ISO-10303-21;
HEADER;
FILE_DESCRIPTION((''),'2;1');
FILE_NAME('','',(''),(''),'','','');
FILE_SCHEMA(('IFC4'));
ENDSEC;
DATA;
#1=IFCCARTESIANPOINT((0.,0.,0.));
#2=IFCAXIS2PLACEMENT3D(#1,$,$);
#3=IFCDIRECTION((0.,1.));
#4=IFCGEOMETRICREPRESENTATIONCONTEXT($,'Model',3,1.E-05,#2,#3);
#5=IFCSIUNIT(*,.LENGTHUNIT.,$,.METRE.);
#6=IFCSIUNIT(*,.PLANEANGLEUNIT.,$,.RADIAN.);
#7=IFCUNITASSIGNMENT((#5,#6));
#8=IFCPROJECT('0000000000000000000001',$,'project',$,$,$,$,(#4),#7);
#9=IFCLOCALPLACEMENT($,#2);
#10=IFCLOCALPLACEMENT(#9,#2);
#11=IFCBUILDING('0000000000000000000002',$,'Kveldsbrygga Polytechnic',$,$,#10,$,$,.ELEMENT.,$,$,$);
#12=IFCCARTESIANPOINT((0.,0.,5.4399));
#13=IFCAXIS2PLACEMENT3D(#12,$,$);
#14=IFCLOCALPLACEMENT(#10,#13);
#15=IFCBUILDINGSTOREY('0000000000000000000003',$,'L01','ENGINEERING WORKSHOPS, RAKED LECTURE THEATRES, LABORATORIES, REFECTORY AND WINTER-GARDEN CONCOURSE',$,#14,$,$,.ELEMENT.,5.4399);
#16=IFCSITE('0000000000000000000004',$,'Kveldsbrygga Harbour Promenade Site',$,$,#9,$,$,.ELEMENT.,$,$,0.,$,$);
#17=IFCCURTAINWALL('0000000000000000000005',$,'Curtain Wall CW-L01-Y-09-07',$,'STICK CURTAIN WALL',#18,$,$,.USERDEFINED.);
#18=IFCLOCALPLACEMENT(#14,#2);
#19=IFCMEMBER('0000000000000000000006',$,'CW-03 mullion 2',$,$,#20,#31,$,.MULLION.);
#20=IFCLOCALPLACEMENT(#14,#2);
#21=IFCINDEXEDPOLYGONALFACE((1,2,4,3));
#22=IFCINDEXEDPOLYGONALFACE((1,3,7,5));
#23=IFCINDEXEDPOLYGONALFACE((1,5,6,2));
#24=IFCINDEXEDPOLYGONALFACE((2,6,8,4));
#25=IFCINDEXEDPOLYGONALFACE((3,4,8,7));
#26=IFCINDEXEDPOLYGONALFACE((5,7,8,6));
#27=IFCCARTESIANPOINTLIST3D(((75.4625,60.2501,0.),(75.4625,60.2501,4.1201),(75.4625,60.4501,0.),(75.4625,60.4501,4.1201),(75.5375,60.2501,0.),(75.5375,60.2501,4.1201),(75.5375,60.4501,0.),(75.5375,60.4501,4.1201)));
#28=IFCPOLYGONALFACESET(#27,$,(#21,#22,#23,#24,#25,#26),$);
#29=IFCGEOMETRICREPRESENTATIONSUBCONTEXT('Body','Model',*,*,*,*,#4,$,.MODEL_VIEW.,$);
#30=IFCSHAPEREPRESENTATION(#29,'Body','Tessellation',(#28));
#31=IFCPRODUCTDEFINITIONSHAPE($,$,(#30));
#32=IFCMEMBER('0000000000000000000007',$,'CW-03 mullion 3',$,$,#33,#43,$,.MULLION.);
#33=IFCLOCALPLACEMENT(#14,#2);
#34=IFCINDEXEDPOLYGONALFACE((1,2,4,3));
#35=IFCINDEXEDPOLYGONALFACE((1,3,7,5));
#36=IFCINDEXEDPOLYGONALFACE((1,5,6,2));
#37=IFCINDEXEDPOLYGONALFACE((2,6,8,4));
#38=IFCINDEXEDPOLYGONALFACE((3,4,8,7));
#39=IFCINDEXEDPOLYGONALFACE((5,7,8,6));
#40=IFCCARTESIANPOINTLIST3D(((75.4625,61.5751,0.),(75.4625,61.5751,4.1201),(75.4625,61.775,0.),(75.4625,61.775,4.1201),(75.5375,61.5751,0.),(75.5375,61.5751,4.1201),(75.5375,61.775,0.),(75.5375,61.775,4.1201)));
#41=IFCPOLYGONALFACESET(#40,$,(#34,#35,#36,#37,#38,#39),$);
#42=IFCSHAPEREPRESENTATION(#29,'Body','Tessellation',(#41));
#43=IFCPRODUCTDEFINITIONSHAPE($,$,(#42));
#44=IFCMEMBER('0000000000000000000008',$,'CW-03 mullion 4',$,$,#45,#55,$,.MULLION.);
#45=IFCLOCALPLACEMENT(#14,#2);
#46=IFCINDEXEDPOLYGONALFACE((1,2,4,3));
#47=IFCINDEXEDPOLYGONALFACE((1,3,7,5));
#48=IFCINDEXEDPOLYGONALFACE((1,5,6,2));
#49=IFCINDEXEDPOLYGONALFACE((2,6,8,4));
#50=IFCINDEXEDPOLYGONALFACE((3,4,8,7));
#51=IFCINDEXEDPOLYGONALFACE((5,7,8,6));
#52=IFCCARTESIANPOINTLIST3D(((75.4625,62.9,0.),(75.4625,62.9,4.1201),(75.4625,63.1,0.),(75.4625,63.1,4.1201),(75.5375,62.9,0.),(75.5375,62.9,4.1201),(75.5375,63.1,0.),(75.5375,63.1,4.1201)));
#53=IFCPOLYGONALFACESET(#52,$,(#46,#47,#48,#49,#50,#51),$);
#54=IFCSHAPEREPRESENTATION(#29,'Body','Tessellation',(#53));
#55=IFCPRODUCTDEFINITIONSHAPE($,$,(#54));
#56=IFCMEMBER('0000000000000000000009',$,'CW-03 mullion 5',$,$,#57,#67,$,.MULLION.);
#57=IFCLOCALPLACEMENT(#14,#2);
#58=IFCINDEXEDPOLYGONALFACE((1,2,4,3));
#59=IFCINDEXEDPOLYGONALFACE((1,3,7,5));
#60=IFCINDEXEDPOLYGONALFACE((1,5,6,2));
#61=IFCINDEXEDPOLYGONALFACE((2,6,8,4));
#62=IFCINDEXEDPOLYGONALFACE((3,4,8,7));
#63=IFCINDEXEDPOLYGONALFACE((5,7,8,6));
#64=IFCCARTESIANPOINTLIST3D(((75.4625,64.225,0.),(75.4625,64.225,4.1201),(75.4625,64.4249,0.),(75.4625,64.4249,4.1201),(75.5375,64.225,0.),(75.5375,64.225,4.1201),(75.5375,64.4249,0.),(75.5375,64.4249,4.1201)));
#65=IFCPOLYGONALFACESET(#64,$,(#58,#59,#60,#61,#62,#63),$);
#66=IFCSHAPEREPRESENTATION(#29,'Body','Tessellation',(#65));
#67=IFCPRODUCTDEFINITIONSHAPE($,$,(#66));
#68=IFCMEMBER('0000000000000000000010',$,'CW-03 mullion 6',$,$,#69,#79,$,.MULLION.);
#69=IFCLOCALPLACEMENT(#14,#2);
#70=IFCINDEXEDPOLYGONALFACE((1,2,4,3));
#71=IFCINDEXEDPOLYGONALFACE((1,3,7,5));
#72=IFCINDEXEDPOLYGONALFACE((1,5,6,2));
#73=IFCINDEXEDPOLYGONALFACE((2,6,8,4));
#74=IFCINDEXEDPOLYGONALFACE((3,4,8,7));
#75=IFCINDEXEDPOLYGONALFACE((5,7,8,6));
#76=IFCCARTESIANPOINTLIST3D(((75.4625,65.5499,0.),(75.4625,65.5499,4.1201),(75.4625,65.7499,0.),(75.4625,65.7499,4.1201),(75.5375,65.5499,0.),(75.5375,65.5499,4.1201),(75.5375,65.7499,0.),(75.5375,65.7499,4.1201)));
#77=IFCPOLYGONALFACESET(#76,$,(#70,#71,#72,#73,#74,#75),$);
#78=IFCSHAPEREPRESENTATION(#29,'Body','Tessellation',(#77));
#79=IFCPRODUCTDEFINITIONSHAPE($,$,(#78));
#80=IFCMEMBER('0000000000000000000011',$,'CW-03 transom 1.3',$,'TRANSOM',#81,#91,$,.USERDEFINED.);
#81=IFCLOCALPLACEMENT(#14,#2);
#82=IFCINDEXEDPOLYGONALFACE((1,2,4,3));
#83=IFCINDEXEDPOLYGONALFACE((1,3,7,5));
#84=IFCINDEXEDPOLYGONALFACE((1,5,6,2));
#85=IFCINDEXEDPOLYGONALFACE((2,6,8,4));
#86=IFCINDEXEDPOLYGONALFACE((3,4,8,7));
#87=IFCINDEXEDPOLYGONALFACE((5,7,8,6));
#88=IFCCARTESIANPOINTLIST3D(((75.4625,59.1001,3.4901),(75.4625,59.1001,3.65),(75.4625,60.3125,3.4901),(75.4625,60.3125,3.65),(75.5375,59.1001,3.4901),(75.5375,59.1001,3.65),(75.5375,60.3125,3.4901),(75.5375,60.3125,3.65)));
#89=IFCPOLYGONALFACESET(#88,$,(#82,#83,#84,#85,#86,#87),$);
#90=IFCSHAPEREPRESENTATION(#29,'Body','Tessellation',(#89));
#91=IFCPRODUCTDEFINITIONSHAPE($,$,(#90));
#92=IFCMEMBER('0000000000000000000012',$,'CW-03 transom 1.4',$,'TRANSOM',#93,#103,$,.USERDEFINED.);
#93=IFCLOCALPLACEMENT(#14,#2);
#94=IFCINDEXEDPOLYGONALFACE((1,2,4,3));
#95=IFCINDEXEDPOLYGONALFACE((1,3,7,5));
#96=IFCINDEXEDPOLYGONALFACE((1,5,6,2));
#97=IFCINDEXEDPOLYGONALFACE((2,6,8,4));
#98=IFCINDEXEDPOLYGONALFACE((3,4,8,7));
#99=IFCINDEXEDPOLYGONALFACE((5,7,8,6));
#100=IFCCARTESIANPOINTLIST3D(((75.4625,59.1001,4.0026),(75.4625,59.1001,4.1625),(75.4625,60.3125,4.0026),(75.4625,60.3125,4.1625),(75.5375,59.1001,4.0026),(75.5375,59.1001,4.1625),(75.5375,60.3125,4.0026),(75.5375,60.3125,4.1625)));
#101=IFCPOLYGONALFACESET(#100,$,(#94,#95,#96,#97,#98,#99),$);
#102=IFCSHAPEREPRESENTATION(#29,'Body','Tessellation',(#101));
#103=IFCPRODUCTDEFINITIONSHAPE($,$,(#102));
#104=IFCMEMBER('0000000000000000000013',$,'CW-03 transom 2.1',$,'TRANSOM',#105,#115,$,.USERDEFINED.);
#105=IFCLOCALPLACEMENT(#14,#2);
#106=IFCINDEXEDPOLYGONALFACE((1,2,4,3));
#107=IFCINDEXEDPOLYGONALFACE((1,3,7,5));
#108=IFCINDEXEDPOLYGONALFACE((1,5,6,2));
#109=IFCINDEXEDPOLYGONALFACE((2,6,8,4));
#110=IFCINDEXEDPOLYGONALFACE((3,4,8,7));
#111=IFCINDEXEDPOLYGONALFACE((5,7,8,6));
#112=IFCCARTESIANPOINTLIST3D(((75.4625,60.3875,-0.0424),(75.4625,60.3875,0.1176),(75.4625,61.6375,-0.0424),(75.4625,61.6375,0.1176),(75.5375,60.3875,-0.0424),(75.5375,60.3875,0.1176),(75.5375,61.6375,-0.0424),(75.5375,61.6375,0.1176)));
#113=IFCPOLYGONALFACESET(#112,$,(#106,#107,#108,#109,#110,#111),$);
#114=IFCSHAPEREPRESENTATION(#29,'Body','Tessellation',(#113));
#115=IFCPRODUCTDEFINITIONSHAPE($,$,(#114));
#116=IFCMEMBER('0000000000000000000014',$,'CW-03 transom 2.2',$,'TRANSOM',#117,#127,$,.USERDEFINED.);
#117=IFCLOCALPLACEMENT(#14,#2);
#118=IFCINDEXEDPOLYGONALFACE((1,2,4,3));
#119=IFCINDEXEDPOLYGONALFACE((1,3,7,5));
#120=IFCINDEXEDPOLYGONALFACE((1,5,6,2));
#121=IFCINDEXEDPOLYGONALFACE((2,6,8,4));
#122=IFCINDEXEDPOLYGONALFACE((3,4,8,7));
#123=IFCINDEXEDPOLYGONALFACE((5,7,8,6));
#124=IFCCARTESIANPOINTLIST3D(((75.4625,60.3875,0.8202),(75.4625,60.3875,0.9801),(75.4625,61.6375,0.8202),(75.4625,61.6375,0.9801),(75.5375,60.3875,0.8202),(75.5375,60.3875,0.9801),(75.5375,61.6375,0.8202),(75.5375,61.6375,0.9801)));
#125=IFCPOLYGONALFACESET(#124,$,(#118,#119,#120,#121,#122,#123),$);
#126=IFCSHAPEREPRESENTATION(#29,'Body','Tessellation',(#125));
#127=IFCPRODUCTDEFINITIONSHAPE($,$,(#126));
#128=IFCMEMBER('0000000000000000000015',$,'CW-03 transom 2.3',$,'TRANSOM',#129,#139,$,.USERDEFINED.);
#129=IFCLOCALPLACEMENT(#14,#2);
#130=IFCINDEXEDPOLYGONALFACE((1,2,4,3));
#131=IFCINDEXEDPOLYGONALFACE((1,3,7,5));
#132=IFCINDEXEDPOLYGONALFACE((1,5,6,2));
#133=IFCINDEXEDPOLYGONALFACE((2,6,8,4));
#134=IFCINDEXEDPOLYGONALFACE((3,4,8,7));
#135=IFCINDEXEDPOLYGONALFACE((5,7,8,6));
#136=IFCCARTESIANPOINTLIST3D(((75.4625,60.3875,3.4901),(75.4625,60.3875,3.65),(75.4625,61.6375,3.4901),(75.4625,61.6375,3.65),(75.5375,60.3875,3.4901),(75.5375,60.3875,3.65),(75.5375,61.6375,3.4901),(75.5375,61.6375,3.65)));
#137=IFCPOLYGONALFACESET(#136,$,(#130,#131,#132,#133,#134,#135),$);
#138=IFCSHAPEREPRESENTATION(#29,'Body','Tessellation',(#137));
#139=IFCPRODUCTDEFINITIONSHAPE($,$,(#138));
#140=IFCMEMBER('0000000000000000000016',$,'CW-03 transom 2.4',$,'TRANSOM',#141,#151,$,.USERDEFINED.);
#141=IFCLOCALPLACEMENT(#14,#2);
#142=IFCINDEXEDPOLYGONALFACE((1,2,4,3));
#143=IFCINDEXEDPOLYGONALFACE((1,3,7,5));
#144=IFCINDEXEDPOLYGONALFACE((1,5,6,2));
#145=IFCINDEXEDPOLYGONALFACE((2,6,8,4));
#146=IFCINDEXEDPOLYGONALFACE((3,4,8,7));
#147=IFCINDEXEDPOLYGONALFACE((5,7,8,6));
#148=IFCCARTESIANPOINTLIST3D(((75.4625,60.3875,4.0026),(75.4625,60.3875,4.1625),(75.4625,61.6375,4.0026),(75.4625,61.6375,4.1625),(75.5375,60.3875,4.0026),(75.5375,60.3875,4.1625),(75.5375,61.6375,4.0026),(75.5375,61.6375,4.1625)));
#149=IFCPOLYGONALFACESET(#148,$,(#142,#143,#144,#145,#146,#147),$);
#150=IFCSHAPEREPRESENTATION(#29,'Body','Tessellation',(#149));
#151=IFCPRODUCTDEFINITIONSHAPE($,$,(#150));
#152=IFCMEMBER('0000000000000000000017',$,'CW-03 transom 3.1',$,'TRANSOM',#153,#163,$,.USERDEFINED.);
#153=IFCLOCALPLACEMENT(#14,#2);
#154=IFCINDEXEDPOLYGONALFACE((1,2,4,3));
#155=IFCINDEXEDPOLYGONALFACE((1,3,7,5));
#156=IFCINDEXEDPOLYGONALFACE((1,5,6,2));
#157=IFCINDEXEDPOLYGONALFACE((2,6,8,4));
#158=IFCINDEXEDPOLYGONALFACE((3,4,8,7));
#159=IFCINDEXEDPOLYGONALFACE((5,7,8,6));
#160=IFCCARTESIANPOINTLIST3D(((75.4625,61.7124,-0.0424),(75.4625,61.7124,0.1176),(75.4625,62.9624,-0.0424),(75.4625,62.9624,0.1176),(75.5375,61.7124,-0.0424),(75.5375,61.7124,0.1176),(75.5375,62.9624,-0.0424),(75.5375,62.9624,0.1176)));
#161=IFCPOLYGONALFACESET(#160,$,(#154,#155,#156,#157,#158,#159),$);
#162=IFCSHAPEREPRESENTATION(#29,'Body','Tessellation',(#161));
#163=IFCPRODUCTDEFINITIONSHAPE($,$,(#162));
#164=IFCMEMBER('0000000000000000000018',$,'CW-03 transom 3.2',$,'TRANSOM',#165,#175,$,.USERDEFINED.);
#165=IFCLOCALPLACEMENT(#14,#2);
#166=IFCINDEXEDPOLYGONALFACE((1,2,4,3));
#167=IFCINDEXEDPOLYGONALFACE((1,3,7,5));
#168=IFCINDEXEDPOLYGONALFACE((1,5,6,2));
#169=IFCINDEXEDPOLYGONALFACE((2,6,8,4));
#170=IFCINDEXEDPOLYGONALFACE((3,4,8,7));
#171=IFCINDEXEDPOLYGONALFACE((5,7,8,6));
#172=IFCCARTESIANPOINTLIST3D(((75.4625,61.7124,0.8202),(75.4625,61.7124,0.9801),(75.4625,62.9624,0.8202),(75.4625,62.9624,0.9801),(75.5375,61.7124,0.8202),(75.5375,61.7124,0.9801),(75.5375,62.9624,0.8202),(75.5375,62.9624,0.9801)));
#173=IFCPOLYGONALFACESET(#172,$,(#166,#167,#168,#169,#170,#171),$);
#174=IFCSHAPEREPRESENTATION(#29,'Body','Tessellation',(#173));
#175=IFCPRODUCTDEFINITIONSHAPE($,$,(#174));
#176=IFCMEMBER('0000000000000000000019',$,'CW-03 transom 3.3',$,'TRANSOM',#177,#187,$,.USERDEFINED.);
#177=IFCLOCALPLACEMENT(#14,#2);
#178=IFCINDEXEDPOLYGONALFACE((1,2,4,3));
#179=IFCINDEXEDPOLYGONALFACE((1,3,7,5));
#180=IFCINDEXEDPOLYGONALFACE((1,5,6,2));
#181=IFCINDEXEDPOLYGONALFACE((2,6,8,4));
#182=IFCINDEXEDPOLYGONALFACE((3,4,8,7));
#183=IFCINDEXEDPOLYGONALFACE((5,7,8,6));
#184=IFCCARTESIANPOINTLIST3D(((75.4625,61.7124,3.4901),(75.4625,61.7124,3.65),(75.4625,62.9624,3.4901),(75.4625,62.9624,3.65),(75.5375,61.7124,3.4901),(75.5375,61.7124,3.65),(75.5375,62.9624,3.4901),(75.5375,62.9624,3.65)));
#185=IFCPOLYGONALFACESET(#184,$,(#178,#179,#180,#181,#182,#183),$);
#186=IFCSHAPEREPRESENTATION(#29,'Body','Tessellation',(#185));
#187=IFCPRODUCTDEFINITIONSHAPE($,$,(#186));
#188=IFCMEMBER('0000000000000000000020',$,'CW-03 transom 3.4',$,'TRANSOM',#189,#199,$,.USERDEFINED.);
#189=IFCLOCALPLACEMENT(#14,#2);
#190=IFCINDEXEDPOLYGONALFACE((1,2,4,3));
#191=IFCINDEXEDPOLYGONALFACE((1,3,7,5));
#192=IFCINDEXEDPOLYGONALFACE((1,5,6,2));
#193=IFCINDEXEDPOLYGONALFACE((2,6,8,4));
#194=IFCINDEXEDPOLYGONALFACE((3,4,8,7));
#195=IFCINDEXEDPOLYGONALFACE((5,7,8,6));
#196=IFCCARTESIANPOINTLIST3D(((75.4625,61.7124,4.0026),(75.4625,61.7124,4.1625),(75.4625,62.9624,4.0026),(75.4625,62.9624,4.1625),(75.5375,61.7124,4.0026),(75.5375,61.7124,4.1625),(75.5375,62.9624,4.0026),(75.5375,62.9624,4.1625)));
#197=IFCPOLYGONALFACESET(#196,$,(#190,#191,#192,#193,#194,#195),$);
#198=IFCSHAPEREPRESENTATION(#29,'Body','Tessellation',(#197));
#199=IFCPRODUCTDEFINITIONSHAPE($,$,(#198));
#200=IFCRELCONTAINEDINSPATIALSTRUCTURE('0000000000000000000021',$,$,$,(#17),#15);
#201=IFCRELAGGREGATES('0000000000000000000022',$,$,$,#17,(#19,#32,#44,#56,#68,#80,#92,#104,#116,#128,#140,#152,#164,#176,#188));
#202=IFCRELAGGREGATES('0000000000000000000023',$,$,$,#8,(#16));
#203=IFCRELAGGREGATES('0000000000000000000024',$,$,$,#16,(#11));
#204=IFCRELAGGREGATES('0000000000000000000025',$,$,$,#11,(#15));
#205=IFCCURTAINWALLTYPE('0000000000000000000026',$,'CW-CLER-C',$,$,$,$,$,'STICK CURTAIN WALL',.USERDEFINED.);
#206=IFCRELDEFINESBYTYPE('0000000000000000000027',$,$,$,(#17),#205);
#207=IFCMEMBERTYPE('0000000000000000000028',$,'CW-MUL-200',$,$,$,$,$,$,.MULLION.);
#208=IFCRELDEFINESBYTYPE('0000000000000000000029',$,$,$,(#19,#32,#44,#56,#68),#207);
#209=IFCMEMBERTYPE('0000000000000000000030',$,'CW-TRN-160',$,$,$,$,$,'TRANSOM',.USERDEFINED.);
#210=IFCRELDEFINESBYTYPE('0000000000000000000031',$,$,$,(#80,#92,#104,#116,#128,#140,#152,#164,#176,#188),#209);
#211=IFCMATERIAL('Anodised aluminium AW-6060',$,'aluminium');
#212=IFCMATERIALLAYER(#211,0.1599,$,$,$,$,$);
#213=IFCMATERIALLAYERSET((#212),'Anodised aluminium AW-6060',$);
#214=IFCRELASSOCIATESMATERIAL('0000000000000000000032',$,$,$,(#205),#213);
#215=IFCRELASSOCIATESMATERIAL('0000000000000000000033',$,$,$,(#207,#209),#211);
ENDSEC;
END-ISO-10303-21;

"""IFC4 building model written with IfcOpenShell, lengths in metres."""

from ifc_helpers import new_model, si_unit, direction, frame, origin, origin_2d, place, context, subcontext, project, spatial, rectangle, extrude, material, layer, layer_set, material_profile, profile_set, type_object, element, aggregate, save


model = new_model("IFC4")

# Units and contexts
model_context = context("Model", 3, precision=1e-05, world=origin(), true_north=direction((0.0, 1.0)))
body_context = subcontext(model_context, "Body", "Model", "MODEL_VIEW")
ifc_project = project(units=[si_unit("LENGTHUNIT", "METRE"), si_unit("PLANEANGLEUNIT", "RADIAN")], contexts=[model_context])

# Site, building, storey
site_placement = place(None, origin())
site = spatial("IfcSite", under=ifc_project, at=site_placement, Name="Kveldsbrygga Harbour Promenade Site", CompositionType="ELEMENT", RefElevation=0.0)
building_placement = place(site_placement, origin())
building = spatial("IfcBuilding", under=site, at=building_placement, Name="Kveldsbrygga Polytechnic", CompositionType="ELEMENT")
storey_placement = place(building_placement, frame((0.0, 0.0, 5.4399)))
storey = spatial("IfcBuildingStorey", under=building, at=storey_placement, Name="L01", Description="ENGINEERING WORKSHOPS, RAKED LECTURE THEATRES, LABORATORIES, REFECTORY AND WINTER-GARDEN CONCOURSE", CompositionType="ELEMENT", Elevation=5.4399)

# Curtain wall, members
ifc_material_1 = material(Name="Anodised aluminium AW-6060", Category="aluminium")
ifc_layer_1 = layer(ifc_material_1, 0.1599)
ifc_layer_set_1 = layer_set([ifc_layer_1], Name="Anodised aluminium AW-6060")
curtain_wall_type = type_object("IfcCurtainWallType", Name="CW-CLER-C", ElementType="STICK CURTAIN WALL", PredefinedType="USERDEFINED", material=ifc_layer_set_1)
curtain_wall_placement = place(storey_placement, origin())
curtain_wall = element("IfcCurtainWall", 1, at=curtain_wall_placement, inside=storey, type_object=curtain_wall_type, Name="Curtain Wall CW-L01-Y-09-07", ObjectType="STICK CURTAIN WALL", PredefinedType="USERDEFINED")
ifc_material_profile_1 = material_profile(ifc_material_1, rectangle(XDim=0.075, YDim=0.2, at=origin_2d()), Name="ALU 75x200")
ifc_profile_set_1 = profile_set([ifc_material_profile_1], Name="Anodised aluminium AW-6060")
member_type_1 = type_object("IfcMemberType", Name="CW-MUL-200", PredefinedType="MULLION", material=ifc_profile_set_1)
member_1_placement = place(storey_placement, frame((75.5, 60.3501, 0.0), z_axis=(0.0, 0.0, 1.0), x_axis=(-1.0, 0.0, 0.0)))
member_1 = element("IfcMember", 2, at=member_1_placement, type_object=member_type_1, Name="CW-03 mullion 2", PredefinedType="MULLION", context=body_context, shape_type="SweptSolid", body=[
    extrude(rectangle(XDim=0.075, YDim=0.2, at=origin_2d()), origin(), (0.0, 0.0, 1.0), 4.1201),
])
member_2_placement = place(storey_placement, frame((75.5, 61.675, 0.0), z_axis=(0.0, 0.0, 1.0), x_axis=(-1.0, 0.0, 0.0)))
member_2 = element("IfcMember", 3, at=member_2_placement, type_object=member_type_1, Name="CW-03 mullion 3", PredefinedType="MULLION", context=body_context, shape_type="SweptSolid", body=[
    extrude(rectangle(XDim=0.075, YDim=0.2, at=origin_2d()), origin(), (0.0, 0.0, 1.0), 4.1201),
])
member_3_placement = place(storey_placement, frame((75.5, 63.0, 0.0), z_axis=(0.0, 0.0, 1.0), x_axis=(-1.0, 0.0, 0.0)))
member_3 = element("IfcMember", 4, at=member_3_placement, type_object=member_type_1, Name="CW-03 mullion 4", PredefinedType="MULLION", context=body_context, shape_type="SweptSolid", body=[
    extrude(rectangle(XDim=0.075, YDim=0.2, at=origin_2d()), origin(), (0.0, 0.0, 1.0), 4.1201),
])
member_4_placement = place(storey_placement, frame((75.5, 64.325, 0.0), z_axis=(0.0, 0.0, 1.0), x_axis=(-1.0, 0.0, 0.0)))
member_4 = element("IfcMember", 5, at=member_4_placement, type_object=member_type_1, Name="CW-03 mullion 5", PredefinedType="MULLION", context=body_context, shape_type="SweptSolid", body=[
    extrude(rectangle(XDim=0.075, YDim=0.2, at=origin_2d()), origin(), (0.0, 0.0, 1.0), 4.1201),
])
member_5_placement = place(storey_placement, frame((75.5, 65.6499, 0.0), z_axis=(0.0, 0.0, 1.0), x_axis=(-1.0, 0.0, 0.0)))
member_5 = element("IfcMember", 6, at=member_5_placement, type_object=member_type_1, Name="CW-03 mullion 6", PredefinedType="MULLION", context=body_context, shape_type="SweptSolid", body=[
    extrude(rectangle(XDim=0.075, YDim=0.2, at=origin_2d()), origin(), (0.0, 0.0, 1.0), 4.1201),
])
ifc_material_profile_2 = material_profile(ifc_material_1, rectangle(XDim=0.075, YDim=0.1599, at=origin_2d()), Name="ALU 75x160")
ifc_profile_set_2 = profile_set([ifc_material_profile_2], Name="Anodised aluminium AW-6060")
member_type_2 = type_object("IfcMemberType", Name="CW-TRN-160", ElementType="TRANSOM", PredefinedType="USERDEFINED", material=ifc_profile_set_2)
member_6_placement = place(storey_placement, frame((75.5, 59.1001, 3.5701), z_axis=(0.0, 1.0, 0.0), x_axis=(-1.0, 0.0, 0.0)))
member_6 = element("IfcMember", 7, at=member_6_placement, type_object=member_type_2, Name="CW-03 transom 1.3", ObjectType="TRANSOM", PredefinedType="USERDEFINED", context=body_context, shape_type="SweptSolid", body=[
    extrude(rectangle(XDim=0.075, YDim=0.1599, at=origin_2d()), origin(), (0.0, 0.0, 1.0), 1.2124),
])
member_7_placement = place(storey_placement, frame((75.5, 59.1001, 4.0825), z_axis=(0.0, 1.0, 0.0), x_axis=(-1.0, 0.0, 0.0)))
member_7 = element("IfcMember", 8, at=member_7_placement, type_object=member_type_2, Name="CW-03 transom 1.4", ObjectType="TRANSOM", PredefinedType="USERDEFINED", context=body_context, shape_type="SweptSolid", body=[
    extrude(rectangle(XDim=0.075, YDim=0.1599, at=origin_2d()), origin(), (0.0, 0.0, 1.0), 1.2124),
])
member_8_placement = place(storey_placement, frame((75.5, 60.3875, 0.0376), z_axis=(0.0, 1.0, 0.0), x_axis=(-1.0, 0.0, 0.0)))
member_8 = element("IfcMember", 9, at=member_8_placement, type_object=member_type_2, Name="CW-03 transom 2.1", ObjectType="TRANSOM", PredefinedType="USERDEFINED", context=body_context, shape_type="SweptSolid", body=[
    extrude(rectangle(XDim=0.075, YDim=0.1599, at=origin_2d()), origin(), (0.0, 0.0, 1.0), 1.25),
])
member_9_placement = place(storey_placement, frame((75.5, 60.3875, 0.9001), z_axis=(0.0, 1.0, 0.0), x_axis=(-1.0, 0.0, 0.0)))
member_9 = element("IfcMember", 10, at=member_9_placement, type_object=member_type_2, Name="CW-03 transom 2.2", ObjectType="TRANSOM", PredefinedType="USERDEFINED", context=body_context, shape_type="SweptSolid", body=[
    extrude(rectangle(XDim=0.075, YDim=0.1599, at=origin_2d()), origin(), (0.0, 0.0, 1.0), 1.25),
])
member_10_placement = place(storey_placement, frame((75.5, 60.3875, 3.5701), z_axis=(0.0, 1.0, 0.0), x_axis=(-1.0, 0.0, 0.0)))
member_10 = element("IfcMember", 11, at=member_10_placement, type_object=member_type_2, Name="CW-03 transom 2.3", ObjectType="TRANSOM", PredefinedType="USERDEFINED", context=body_context, shape_type="SweptSolid", body=[
    extrude(rectangle(XDim=0.075, YDim=0.1599, at=origin_2d()), origin(), (0.0, 0.0, 1.0), 1.25),
])
member_11_placement = place(storey_placement, frame((75.5, 60.3875, 4.0825), z_axis=(0.0, 1.0, 0.0), x_axis=(-1.0, 0.0, 0.0)))
member_11 = element("IfcMember", 12, at=member_11_placement, type_object=member_type_2, Name="CW-03 transom 2.4", ObjectType="TRANSOM", PredefinedType="USERDEFINED", context=body_context, shape_type="SweptSolid", body=[
    extrude(rectangle(XDim=0.075, YDim=0.1599, at=origin_2d()), origin(), (0.0, 0.0, 1.0), 1.25),
])
member_12_placement = place(storey_placement, frame((75.5, 61.7124, 0.0376), z_axis=(0.0, 1.0, 0.0), x_axis=(-1.0, 0.0, 0.0)))
member_12 = element("IfcMember", 13, at=member_12_placement, type_object=member_type_2, Name="CW-03 transom 3.1", ObjectType="TRANSOM", PredefinedType="USERDEFINED", context=body_context, shape_type="SweptSolid", body=[
    extrude(rectangle(XDim=0.075, YDim=0.1599, at=origin_2d()), origin(), (0.0, 0.0, 1.0), 1.25),
])
member_13_placement = place(storey_placement, frame((75.5, 61.7124, 0.9001), z_axis=(0.0, 1.0, 0.0), x_axis=(-1.0, 0.0, 0.0)))
member_13 = element("IfcMember", 14, at=member_13_placement, type_object=member_type_2, Name="CW-03 transom 3.2", ObjectType="TRANSOM", PredefinedType="USERDEFINED", context=body_context, shape_type="SweptSolid", body=[
    extrude(rectangle(XDim=0.075, YDim=0.1599, at=origin_2d()), origin(), (0.0, 0.0, 1.0), 1.25),
])
member_14_placement = place(storey_placement, frame((75.5, 61.7124, 3.5701), z_axis=(0.0, 1.0, 0.0), x_axis=(-1.0, 0.0, 0.0)))
member_14 = element("IfcMember", 15, at=member_14_placement, type_object=member_type_2, Name="CW-03 transom 3.3", ObjectType="TRANSOM", PredefinedType="USERDEFINED", context=body_context, shape_type="SweptSolid", body=[
    extrude(rectangle(XDim=0.075, YDim=0.1599, at=origin_2d()), origin(), (0.0, 0.0, 1.0), 1.25),
])
member_15_placement = place(storey_placement, frame((75.5, 61.7124, 4.0825), z_axis=(0.0, 1.0, 0.0), x_axis=(-1.0, 0.0, 0.0)))
member_15 = element("IfcMember", 16, at=member_15_placement, type_object=member_type_2, Name="CW-03 transom 3.4", ObjectType="TRANSOM", PredefinedType="USERDEFINED", context=body_context, shape_type="SweptSolid", body=[
    extrude(rectangle(XDim=0.075, YDim=0.1599, at=origin_2d()), origin(), (0.0, 0.0, 1.0), 1.25),
])
aggregate(curtain_wall, [member_1, member_2, member_3, member_4, member_5, member_6, member_7, member_8, member_9, member_10, member_11, member_12, member_13, member_14, member_15])

save(model, "model.ifc")
